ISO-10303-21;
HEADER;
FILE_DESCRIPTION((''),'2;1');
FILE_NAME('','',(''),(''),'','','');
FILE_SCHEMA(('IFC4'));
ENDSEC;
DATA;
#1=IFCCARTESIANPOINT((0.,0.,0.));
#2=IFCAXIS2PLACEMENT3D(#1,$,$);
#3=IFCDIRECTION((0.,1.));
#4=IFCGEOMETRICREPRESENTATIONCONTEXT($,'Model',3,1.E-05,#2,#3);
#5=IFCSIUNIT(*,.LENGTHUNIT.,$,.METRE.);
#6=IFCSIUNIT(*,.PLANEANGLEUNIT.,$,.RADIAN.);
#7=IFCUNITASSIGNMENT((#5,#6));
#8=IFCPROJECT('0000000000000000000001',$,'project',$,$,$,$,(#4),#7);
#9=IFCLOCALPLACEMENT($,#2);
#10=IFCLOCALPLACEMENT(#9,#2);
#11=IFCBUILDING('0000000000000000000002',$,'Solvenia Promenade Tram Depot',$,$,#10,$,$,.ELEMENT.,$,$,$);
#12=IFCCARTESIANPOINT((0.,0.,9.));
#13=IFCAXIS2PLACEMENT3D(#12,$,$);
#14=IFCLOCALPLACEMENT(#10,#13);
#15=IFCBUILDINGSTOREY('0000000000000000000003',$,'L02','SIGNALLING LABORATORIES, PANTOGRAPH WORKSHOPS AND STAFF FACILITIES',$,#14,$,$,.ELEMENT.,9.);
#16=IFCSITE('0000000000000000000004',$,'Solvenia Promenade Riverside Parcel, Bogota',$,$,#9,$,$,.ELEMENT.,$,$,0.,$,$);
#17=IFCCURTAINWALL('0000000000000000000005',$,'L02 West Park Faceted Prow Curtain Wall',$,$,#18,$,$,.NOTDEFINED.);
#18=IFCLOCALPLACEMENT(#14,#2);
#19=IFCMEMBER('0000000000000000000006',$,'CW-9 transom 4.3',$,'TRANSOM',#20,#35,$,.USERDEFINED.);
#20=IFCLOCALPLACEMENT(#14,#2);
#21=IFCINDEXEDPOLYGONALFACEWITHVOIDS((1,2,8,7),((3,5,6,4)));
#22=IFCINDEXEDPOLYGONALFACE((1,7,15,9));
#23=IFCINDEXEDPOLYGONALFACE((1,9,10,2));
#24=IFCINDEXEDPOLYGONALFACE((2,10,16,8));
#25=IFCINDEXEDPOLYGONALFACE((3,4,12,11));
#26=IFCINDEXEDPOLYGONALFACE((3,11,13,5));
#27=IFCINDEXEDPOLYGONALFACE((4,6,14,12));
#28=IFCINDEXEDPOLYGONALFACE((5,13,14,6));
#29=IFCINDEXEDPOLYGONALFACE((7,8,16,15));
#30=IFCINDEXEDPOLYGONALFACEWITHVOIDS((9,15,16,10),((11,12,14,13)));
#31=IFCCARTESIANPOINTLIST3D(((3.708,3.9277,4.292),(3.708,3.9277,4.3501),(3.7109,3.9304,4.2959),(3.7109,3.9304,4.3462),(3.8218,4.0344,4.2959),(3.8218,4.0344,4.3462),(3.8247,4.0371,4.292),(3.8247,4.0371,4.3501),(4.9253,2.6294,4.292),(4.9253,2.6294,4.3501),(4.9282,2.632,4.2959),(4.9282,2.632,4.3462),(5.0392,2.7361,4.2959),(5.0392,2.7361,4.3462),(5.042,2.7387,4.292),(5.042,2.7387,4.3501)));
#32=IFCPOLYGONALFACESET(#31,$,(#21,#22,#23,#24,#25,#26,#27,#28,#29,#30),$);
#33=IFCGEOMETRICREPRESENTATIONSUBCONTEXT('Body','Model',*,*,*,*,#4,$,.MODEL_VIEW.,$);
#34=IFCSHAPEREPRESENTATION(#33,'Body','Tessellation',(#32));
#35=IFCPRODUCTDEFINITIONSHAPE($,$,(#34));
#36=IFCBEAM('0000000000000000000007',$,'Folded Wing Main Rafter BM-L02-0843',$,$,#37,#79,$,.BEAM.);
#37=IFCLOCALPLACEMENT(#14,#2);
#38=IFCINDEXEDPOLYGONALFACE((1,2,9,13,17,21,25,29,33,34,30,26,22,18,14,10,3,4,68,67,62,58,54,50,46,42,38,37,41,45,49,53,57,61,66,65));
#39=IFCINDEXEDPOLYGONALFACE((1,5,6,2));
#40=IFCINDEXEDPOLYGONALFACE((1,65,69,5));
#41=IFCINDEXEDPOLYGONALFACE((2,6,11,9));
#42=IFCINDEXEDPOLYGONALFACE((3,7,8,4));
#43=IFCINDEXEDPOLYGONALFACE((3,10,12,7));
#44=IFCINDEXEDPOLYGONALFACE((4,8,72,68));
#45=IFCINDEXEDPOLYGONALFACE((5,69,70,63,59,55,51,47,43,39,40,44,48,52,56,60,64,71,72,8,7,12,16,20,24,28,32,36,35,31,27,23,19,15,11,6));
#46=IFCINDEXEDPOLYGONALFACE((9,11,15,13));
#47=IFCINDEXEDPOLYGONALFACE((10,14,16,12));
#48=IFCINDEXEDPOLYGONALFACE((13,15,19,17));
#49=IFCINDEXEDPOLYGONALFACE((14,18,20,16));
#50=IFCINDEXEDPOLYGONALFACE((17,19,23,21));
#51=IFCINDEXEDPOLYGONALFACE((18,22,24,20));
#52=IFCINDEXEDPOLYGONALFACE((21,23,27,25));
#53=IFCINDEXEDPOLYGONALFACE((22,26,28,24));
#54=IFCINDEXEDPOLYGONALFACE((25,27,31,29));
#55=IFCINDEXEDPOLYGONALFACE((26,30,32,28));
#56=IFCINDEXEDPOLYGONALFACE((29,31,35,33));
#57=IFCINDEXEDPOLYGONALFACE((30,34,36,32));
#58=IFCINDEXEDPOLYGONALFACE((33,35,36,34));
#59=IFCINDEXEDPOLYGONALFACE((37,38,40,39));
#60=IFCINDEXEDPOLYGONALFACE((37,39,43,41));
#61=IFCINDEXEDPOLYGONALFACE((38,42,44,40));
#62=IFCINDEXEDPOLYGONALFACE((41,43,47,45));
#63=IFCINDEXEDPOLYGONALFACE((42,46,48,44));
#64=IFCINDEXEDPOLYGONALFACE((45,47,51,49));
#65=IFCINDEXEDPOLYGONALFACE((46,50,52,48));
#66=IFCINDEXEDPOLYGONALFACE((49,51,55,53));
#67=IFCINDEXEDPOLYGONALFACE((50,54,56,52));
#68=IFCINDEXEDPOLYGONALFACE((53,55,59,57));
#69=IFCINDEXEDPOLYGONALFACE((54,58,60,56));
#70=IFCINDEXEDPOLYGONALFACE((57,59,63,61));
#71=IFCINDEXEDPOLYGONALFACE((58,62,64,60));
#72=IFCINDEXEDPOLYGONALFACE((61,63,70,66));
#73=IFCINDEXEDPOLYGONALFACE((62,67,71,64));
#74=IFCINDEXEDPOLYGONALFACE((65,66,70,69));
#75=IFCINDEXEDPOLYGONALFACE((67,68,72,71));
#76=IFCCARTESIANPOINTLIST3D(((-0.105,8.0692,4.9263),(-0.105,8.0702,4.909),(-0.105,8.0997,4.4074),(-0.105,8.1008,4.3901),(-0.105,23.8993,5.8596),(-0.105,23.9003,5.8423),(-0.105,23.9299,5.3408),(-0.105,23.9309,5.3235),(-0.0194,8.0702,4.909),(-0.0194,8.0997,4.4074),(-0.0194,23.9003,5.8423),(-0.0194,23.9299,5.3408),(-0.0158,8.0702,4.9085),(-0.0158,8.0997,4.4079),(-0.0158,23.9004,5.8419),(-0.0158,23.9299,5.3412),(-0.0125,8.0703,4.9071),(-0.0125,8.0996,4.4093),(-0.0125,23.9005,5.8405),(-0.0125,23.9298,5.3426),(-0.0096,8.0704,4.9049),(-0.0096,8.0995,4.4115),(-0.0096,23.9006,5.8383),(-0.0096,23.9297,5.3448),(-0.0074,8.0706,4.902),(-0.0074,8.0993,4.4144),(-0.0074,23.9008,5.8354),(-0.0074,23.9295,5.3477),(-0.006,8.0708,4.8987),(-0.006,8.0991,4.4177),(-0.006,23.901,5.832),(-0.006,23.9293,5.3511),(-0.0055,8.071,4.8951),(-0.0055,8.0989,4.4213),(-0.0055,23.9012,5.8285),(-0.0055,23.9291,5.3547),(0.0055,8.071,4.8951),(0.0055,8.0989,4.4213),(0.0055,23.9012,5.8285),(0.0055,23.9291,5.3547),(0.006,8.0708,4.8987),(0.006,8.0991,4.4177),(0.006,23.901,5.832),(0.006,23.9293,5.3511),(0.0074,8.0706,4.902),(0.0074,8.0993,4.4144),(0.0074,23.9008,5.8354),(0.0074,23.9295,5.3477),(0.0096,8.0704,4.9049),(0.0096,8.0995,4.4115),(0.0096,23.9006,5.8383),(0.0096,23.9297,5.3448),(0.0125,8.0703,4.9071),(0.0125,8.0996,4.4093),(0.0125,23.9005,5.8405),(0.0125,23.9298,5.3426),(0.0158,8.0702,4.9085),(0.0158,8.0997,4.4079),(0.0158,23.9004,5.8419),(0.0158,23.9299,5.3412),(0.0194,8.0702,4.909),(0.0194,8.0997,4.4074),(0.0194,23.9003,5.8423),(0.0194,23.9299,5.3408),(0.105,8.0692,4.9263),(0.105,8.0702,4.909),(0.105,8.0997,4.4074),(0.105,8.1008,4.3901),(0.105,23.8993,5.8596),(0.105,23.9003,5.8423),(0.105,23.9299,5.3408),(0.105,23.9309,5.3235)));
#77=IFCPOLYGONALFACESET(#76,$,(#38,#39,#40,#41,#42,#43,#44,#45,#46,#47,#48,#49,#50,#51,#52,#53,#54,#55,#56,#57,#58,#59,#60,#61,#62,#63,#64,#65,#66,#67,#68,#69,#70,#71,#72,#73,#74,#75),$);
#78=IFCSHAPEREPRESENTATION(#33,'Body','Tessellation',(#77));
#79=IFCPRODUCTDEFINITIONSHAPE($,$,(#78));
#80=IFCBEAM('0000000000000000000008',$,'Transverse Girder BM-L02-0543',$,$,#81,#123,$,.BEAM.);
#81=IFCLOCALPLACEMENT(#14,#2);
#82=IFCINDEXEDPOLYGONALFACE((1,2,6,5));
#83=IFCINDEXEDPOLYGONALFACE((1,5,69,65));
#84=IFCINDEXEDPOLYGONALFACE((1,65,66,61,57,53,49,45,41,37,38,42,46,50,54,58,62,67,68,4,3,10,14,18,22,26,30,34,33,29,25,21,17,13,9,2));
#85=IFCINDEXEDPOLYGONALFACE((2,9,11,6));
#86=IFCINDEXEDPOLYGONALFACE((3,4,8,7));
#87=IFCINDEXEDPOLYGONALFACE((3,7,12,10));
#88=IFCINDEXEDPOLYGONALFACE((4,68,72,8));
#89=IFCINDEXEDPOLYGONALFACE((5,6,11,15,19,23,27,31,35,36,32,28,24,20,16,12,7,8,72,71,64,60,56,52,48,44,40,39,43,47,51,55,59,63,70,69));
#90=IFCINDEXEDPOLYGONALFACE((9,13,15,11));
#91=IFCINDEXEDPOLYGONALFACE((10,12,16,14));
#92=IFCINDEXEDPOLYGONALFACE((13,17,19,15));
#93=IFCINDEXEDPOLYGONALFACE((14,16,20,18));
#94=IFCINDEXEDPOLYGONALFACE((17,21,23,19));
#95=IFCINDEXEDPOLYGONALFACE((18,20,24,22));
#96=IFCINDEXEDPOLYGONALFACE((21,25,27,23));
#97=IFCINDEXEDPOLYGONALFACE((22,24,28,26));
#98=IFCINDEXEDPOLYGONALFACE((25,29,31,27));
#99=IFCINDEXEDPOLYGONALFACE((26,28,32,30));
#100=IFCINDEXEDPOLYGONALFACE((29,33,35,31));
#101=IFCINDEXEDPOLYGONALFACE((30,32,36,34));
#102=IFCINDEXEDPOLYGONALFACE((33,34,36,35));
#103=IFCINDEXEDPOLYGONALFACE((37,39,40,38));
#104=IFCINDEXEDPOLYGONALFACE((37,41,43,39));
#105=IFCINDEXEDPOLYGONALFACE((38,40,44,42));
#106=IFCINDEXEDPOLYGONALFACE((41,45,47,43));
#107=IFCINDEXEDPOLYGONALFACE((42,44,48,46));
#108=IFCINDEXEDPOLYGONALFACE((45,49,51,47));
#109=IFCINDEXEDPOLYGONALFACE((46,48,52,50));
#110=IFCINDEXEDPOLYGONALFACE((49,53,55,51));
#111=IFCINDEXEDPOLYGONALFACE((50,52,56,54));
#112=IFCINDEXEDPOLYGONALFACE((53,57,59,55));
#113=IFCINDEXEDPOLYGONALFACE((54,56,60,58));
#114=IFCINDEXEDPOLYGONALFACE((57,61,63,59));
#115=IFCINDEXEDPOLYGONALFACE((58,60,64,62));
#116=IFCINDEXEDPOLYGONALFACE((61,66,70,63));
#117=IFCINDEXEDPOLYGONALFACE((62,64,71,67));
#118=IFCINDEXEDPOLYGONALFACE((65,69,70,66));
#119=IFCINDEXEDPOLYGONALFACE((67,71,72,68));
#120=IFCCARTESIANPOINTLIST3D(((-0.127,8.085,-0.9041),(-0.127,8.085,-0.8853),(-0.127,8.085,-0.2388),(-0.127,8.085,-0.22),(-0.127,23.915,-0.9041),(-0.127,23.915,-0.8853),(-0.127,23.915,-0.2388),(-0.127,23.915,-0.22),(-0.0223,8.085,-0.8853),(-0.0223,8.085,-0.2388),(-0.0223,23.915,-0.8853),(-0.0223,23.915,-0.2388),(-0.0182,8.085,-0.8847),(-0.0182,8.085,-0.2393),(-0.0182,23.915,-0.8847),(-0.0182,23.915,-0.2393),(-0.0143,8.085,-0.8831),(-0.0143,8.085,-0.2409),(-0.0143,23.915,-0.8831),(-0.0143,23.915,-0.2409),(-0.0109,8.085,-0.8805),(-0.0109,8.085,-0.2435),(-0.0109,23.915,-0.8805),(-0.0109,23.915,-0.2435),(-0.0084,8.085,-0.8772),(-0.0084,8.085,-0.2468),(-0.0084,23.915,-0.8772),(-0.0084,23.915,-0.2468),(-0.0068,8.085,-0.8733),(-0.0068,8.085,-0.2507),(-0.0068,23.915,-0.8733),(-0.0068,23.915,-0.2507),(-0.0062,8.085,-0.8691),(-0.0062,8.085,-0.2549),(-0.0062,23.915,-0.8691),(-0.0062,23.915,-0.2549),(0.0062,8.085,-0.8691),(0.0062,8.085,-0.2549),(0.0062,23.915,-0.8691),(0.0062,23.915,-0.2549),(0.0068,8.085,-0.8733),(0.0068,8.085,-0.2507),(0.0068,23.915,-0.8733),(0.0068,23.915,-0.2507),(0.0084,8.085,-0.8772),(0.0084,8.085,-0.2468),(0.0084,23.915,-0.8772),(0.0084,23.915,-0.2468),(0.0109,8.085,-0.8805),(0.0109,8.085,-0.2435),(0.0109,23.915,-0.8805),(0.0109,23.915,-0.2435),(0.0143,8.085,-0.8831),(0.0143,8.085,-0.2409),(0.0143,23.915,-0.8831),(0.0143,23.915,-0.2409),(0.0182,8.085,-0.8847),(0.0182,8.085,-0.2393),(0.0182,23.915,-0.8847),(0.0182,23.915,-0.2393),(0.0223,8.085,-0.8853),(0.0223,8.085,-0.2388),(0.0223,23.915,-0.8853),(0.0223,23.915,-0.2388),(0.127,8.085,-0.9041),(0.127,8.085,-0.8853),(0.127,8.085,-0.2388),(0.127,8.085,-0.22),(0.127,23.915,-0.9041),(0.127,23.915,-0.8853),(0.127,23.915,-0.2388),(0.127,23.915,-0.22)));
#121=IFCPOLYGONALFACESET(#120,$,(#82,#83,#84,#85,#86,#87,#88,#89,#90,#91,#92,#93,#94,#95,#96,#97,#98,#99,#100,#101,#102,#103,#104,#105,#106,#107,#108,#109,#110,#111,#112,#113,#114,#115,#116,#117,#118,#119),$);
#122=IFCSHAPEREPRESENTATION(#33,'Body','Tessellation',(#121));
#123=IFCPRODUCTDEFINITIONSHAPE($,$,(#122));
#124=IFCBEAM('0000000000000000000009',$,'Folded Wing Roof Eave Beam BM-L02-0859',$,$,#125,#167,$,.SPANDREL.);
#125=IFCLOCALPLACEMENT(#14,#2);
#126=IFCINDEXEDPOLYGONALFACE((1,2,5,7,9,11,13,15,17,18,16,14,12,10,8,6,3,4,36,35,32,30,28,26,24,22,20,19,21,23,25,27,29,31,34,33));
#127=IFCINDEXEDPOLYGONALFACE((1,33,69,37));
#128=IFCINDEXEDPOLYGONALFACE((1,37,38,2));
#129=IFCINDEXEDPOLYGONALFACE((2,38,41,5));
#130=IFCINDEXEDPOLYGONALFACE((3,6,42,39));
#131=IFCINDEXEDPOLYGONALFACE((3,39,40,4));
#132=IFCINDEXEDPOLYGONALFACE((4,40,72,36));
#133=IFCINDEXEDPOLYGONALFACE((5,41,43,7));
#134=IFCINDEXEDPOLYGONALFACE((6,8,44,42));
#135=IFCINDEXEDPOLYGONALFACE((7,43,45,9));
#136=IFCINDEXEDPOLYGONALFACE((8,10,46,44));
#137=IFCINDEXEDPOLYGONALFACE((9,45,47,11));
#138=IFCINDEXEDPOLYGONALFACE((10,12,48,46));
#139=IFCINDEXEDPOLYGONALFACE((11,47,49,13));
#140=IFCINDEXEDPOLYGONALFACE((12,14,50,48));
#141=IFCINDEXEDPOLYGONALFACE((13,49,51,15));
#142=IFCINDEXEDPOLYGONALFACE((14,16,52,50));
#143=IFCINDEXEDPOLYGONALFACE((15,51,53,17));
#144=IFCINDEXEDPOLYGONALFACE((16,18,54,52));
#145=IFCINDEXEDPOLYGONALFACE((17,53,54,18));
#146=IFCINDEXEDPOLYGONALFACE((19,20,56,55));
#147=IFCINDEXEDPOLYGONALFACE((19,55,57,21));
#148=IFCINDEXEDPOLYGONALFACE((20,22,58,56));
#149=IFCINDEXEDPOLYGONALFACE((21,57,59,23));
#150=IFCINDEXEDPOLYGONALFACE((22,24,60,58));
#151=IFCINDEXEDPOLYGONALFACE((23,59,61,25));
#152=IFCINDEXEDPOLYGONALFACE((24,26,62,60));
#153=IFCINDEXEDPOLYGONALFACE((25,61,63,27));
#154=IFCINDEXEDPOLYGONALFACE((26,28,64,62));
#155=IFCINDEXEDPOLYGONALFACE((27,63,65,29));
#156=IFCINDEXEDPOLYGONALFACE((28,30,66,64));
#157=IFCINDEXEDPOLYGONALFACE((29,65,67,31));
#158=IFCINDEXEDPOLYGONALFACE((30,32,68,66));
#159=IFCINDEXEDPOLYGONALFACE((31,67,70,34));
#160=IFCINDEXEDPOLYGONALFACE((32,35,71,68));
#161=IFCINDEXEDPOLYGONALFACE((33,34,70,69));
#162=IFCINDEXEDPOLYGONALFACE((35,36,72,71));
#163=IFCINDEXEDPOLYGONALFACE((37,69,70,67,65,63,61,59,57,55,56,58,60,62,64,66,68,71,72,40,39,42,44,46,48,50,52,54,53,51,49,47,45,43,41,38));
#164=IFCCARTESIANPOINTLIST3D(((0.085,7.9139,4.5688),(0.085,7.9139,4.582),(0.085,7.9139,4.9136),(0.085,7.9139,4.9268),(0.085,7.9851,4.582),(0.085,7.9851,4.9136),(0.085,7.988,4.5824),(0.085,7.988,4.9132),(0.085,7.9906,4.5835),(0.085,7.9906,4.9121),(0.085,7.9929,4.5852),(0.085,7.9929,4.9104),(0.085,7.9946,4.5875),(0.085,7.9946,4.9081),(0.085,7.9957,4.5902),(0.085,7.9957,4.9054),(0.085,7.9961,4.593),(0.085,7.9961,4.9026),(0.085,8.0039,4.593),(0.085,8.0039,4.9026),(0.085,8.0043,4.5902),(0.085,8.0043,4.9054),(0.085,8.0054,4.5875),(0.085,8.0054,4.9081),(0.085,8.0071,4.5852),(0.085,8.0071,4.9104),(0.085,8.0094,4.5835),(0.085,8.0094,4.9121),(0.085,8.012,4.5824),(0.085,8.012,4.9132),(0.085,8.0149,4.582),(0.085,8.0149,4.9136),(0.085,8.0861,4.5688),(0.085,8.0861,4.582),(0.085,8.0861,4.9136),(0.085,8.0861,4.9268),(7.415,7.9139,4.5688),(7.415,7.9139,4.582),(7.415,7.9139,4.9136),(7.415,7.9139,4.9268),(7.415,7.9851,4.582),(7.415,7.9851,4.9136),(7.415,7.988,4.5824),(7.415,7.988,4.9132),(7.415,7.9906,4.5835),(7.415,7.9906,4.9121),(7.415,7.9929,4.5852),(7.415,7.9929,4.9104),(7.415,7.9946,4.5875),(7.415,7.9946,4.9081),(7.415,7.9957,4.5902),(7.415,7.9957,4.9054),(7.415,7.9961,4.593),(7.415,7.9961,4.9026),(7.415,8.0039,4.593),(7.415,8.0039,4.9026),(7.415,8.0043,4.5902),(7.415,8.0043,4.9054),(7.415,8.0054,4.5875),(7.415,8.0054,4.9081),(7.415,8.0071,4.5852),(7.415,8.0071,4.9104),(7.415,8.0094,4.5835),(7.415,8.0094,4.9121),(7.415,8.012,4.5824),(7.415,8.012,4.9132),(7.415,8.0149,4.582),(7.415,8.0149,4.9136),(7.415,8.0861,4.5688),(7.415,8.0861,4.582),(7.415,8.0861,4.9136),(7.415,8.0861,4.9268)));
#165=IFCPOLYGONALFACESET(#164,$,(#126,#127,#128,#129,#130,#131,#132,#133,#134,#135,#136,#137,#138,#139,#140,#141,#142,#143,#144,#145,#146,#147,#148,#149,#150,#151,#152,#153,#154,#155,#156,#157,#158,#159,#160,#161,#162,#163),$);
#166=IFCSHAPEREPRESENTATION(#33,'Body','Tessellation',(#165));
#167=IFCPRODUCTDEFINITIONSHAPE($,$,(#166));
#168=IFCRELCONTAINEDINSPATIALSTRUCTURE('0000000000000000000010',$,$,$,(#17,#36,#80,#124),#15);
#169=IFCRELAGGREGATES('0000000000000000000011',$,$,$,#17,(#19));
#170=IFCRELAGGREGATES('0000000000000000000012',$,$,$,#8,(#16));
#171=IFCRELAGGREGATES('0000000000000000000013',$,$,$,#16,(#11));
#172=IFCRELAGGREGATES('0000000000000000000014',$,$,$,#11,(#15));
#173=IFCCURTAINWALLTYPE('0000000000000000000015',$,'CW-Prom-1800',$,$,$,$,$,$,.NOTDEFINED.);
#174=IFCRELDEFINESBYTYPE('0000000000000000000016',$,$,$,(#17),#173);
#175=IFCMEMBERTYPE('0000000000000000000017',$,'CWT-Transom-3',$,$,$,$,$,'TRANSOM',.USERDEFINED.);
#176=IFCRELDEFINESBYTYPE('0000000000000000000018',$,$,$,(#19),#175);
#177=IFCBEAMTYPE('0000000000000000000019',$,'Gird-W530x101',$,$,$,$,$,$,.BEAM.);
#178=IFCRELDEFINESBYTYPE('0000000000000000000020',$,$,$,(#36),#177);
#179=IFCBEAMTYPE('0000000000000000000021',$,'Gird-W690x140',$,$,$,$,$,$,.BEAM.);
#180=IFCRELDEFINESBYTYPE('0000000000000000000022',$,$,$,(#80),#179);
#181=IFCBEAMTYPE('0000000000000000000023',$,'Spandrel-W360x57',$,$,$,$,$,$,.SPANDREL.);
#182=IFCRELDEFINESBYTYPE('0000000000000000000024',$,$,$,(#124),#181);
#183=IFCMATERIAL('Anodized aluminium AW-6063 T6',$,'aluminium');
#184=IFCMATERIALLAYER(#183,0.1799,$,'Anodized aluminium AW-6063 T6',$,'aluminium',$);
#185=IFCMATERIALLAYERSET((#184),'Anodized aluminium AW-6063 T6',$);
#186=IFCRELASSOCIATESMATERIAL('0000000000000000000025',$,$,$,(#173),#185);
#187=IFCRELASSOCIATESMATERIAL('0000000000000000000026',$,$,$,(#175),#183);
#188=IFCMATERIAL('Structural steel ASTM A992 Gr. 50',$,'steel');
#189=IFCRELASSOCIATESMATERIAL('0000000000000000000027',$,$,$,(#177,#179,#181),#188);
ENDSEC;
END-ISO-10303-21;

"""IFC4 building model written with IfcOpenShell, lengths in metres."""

from ifc_helpers import new_model, si_unit, direction, frame, origin, origin_2d, place, context, subcontext, project, spatial, hollow_rectangle, i_section, extrude, material, layer, layer_set, material_profile, profile_set, type_object, element, aggregate, save


model = new_model("IFC4")

# Units and contexts
model_context = context("Model", 3, precision=1e-05, world=origin(), true_north=direction((0.0, 1.0)))
body_context = subcontext(model_context, "Body", "Model", "MODEL_VIEW")
ifc_project = project(units=[si_unit("LENGTHUNIT", "METRE"), si_unit("PLANEANGLEUNIT", "RADIAN")], contexts=[model_context])

# Site, building, storey
site_placement = place(None, origin())
site = spatial("IfcSite", under=ifc_project, at=site_placement, Name="Solvenia Promenade Riverside Parcel, Bogota", CompositionType="ELEMENT", RefElevation=0.0)
building_placement = place(site_placement, origin())
building = spatial("IfcBuilding", under=site, at=building_placement, Name="Solvenia Promenade Tram Depot", CompositionType="ELEMENT")
storey_placement = place(building_placement, frame((0.0, 0.0, 9.0)))
storey = spatial("IfcBuildingStorey", under=building, at=storey_placement, Name="L02", Description="SIGNALLING LABORATORIES, PANTOGRAPH WORKSHOPS AND STAFF FACILITIES", CompositionType="ELEMENT", Elevation=9.0)

# Shared definitions
ifc_material_1 = material(Name="Structural steel ASTM A992 Gr. 50", Category="steel")

# Curtain wall, member
ifc_material_2 = material(Name="Anodized aluminium AW-6063 T6", Category="aluminium")
ifc_layer_1 = layer(ifc_material_2, 0.1799, Name="Anodized aluminium AW-6063 T6", Category="aluminium")
ifc_layer_set_1 = layer_set([ifc_layer_1], Name="Anodized aluminium AW-6063 T6")
curtain_wall_type = type_object("IfcCurtainWallType", Name="CW-Prom-1800", PredefinedType="NOTDEFINED", material=ifc_layer_set_1)
curtain_wall_placement = place(storey_placement, origin())
curtain_wall = element("IfcCurtainWall", 1, at=curtain_wall_placement, inside=storey, type_object=curtain_wall_type, Name="L02 West Park Faceted Prow Curtain Wall", PredefinedType="NOTDEFINED")
ifc_material_profile_1 = material_profile(ifc_material_2, hollow_rectangle(XDim=0.1599, YDim=0.0581, WallThickness=0.0039, at=origin_2d()), Name="ALU-T3", Category="aluminium")
ifc_profile_set_1 = profile_set([ifc_material_profile_1], Name="Anodized aluminium AW-6063 T6")
member_type_1 = type_object("IfcMemberType", Name="CWT-Transom-3", ElementType="TRANSOM", PredefinedType="USERDEFINED", material=ifc_profile_set_1)
member_1_placement = place(storey_placement, frame((3.7664, 3.9824, 4.321), z_axis=(0.683969, -0.729512, 0.0), x_axis=(0.729512, 0.683969, 0.0)))
member_1 = element("IfcMember", 2, at=member_1_placement, type_object=member_type_1, Name="CW-9 transom 4.3", ObjectType="TRANSOM", PredefinedType="USERDEFINED", context=body_context, shape_type="SweptSolid", body=[
    extrude(hollow_rectangle(XDim=0.1599, YDim=0.0581, WallThickness=0.0039, at=origin_2d()), origin(), (0.0, 0.0, 1.0), 1.7798),
])

# Beams
ifc_material_profile_2 = material_profile(ifc_material_1, i_section(OverallWidth=0.21, OverallDepth=0.5371, WebThickness=0.011, FlangeThickness=0.0173, FilletRadius=0.0139, at=origin_2d()), Name="W530x101", Category="steel")
ifc_profile_set_2 = profile_set([ifc_material_profile_2], Name="Structural steel ASTM A992 Gr. 50")
beam_type_1 = type_object("IfcBeamType", Name="Gird-W530x101", PredefinedType="BEAM", material=ifc_profile_set_2)
beam_1_placement = place(storey_placement, frame((0.0, 8.085, 4.6582), z_axis=(0.0, 0.998266, 0.058858), x_axis=(-1.0, 0.0, 0.0)))
element("IfcBeam", 3, at=beam_1_placement, inside=storey, type_object=beam_type_1, Name="Folded Wing Main Rafter BM-L02-0843", PredefinedType="BEAM", context=body_context, shape_type="SweptSolid", body=[
    extrude(i_section(OverallWidth=0.21, OverallDepth=0.5371, WebThickness=0.011, FlangeThickness=0.0173, FilletRadius=0.0139, at=origin_2d()), origin(), (0.0, 0.0, 1.0), 15.8577),
])
ifc_material_profile_3 = material_profile(ifc_material_1, i_section(OverallWidth=0.2539, OverallDepth=0.6841, WebThickness=0.0125, FlangeThickness=0.0188, FilletRadius=0.0161, at=origin_2d()), Name="W690x140", Category="steel")
ifc_profile_set_3 = profile_set([ifc_material_profile_3], Name="Structural steel ASTM A992 Gr. 50")
beam_type_2 = type_object("IfcBeamType", Name="Gird-W690x140", PredefinedType="BEAM", material=ifc_profile_set_3)
beam_2_placement = place(storey_placement, frame((0.0, 8.085, -0.562), z_axis=(0.0, 1.0, 0.0), x_axis=(-1.0, 0.0, 0.0)))
element("IfcBeam", 4, at=beam_2_placement, inside=storey, type_object=beam_type_2, Name="Transverse Girder BM-L02-0543", PredefinedType="BEAM", context=body_context, shape_type="SweptSolid", body=[
    extrude(i_section(OverallWidth=0.2539, OverallDepth=0.6841, WebThickness=0.0125, FlangeThickness=0.0188, FilletRadius=0.0161, at=origin_2d()), origin(), (0.0, 0.0, 1.0), 15.8301),
])
ifc_material_profile_4 = material_profile(ifc_material_1, i_section(OverallWidth=0.1721, OverallDepth=0.3579, WebThickness=0.0078, FlangeThickness=0.0132, FilletRadius=0.011, at=origin_2d()), Name="W360x57", Category="steel")
ifc_profile_set_4 = profile_set([ifc_material_profile_4], Name="Structural steel ASTM A992 Gr. 50")
beam_type_3 = type_object("IfcBeamType", Name="Spandrel-W360x57", PredefinedType="SPANDREL", material=ifc_profile_set_4)
beam_3_placement = place(storey_placement, frame((0.085, 8.0, 4.7478), z_axis=(1.0, 0.0, 0.0), x_axis=(0.0, 1.0, 0.0)))
element("IfcBeam", 5, at=beam_3_placement, inside=storey, type_object=beam_type_3, Name="Folded Wing Roof Eave Beam BM-L02-0859", PredefinedType="SPANDREL", context=body_context, shape_type="SweptSolid", body=[
    extrude(i_section(OverallWidth=0.1721, OverallDepth=0.3579, WebThickness=0.0078, FlangeThickness=0.0132, FilletRadius=0.011, at=origin_2d()), origin(), (0.0, 0.0, 1.0), 7.3301),
])

aggregate(curtain_wall, [member_1])

save(model, "model.ifc")
